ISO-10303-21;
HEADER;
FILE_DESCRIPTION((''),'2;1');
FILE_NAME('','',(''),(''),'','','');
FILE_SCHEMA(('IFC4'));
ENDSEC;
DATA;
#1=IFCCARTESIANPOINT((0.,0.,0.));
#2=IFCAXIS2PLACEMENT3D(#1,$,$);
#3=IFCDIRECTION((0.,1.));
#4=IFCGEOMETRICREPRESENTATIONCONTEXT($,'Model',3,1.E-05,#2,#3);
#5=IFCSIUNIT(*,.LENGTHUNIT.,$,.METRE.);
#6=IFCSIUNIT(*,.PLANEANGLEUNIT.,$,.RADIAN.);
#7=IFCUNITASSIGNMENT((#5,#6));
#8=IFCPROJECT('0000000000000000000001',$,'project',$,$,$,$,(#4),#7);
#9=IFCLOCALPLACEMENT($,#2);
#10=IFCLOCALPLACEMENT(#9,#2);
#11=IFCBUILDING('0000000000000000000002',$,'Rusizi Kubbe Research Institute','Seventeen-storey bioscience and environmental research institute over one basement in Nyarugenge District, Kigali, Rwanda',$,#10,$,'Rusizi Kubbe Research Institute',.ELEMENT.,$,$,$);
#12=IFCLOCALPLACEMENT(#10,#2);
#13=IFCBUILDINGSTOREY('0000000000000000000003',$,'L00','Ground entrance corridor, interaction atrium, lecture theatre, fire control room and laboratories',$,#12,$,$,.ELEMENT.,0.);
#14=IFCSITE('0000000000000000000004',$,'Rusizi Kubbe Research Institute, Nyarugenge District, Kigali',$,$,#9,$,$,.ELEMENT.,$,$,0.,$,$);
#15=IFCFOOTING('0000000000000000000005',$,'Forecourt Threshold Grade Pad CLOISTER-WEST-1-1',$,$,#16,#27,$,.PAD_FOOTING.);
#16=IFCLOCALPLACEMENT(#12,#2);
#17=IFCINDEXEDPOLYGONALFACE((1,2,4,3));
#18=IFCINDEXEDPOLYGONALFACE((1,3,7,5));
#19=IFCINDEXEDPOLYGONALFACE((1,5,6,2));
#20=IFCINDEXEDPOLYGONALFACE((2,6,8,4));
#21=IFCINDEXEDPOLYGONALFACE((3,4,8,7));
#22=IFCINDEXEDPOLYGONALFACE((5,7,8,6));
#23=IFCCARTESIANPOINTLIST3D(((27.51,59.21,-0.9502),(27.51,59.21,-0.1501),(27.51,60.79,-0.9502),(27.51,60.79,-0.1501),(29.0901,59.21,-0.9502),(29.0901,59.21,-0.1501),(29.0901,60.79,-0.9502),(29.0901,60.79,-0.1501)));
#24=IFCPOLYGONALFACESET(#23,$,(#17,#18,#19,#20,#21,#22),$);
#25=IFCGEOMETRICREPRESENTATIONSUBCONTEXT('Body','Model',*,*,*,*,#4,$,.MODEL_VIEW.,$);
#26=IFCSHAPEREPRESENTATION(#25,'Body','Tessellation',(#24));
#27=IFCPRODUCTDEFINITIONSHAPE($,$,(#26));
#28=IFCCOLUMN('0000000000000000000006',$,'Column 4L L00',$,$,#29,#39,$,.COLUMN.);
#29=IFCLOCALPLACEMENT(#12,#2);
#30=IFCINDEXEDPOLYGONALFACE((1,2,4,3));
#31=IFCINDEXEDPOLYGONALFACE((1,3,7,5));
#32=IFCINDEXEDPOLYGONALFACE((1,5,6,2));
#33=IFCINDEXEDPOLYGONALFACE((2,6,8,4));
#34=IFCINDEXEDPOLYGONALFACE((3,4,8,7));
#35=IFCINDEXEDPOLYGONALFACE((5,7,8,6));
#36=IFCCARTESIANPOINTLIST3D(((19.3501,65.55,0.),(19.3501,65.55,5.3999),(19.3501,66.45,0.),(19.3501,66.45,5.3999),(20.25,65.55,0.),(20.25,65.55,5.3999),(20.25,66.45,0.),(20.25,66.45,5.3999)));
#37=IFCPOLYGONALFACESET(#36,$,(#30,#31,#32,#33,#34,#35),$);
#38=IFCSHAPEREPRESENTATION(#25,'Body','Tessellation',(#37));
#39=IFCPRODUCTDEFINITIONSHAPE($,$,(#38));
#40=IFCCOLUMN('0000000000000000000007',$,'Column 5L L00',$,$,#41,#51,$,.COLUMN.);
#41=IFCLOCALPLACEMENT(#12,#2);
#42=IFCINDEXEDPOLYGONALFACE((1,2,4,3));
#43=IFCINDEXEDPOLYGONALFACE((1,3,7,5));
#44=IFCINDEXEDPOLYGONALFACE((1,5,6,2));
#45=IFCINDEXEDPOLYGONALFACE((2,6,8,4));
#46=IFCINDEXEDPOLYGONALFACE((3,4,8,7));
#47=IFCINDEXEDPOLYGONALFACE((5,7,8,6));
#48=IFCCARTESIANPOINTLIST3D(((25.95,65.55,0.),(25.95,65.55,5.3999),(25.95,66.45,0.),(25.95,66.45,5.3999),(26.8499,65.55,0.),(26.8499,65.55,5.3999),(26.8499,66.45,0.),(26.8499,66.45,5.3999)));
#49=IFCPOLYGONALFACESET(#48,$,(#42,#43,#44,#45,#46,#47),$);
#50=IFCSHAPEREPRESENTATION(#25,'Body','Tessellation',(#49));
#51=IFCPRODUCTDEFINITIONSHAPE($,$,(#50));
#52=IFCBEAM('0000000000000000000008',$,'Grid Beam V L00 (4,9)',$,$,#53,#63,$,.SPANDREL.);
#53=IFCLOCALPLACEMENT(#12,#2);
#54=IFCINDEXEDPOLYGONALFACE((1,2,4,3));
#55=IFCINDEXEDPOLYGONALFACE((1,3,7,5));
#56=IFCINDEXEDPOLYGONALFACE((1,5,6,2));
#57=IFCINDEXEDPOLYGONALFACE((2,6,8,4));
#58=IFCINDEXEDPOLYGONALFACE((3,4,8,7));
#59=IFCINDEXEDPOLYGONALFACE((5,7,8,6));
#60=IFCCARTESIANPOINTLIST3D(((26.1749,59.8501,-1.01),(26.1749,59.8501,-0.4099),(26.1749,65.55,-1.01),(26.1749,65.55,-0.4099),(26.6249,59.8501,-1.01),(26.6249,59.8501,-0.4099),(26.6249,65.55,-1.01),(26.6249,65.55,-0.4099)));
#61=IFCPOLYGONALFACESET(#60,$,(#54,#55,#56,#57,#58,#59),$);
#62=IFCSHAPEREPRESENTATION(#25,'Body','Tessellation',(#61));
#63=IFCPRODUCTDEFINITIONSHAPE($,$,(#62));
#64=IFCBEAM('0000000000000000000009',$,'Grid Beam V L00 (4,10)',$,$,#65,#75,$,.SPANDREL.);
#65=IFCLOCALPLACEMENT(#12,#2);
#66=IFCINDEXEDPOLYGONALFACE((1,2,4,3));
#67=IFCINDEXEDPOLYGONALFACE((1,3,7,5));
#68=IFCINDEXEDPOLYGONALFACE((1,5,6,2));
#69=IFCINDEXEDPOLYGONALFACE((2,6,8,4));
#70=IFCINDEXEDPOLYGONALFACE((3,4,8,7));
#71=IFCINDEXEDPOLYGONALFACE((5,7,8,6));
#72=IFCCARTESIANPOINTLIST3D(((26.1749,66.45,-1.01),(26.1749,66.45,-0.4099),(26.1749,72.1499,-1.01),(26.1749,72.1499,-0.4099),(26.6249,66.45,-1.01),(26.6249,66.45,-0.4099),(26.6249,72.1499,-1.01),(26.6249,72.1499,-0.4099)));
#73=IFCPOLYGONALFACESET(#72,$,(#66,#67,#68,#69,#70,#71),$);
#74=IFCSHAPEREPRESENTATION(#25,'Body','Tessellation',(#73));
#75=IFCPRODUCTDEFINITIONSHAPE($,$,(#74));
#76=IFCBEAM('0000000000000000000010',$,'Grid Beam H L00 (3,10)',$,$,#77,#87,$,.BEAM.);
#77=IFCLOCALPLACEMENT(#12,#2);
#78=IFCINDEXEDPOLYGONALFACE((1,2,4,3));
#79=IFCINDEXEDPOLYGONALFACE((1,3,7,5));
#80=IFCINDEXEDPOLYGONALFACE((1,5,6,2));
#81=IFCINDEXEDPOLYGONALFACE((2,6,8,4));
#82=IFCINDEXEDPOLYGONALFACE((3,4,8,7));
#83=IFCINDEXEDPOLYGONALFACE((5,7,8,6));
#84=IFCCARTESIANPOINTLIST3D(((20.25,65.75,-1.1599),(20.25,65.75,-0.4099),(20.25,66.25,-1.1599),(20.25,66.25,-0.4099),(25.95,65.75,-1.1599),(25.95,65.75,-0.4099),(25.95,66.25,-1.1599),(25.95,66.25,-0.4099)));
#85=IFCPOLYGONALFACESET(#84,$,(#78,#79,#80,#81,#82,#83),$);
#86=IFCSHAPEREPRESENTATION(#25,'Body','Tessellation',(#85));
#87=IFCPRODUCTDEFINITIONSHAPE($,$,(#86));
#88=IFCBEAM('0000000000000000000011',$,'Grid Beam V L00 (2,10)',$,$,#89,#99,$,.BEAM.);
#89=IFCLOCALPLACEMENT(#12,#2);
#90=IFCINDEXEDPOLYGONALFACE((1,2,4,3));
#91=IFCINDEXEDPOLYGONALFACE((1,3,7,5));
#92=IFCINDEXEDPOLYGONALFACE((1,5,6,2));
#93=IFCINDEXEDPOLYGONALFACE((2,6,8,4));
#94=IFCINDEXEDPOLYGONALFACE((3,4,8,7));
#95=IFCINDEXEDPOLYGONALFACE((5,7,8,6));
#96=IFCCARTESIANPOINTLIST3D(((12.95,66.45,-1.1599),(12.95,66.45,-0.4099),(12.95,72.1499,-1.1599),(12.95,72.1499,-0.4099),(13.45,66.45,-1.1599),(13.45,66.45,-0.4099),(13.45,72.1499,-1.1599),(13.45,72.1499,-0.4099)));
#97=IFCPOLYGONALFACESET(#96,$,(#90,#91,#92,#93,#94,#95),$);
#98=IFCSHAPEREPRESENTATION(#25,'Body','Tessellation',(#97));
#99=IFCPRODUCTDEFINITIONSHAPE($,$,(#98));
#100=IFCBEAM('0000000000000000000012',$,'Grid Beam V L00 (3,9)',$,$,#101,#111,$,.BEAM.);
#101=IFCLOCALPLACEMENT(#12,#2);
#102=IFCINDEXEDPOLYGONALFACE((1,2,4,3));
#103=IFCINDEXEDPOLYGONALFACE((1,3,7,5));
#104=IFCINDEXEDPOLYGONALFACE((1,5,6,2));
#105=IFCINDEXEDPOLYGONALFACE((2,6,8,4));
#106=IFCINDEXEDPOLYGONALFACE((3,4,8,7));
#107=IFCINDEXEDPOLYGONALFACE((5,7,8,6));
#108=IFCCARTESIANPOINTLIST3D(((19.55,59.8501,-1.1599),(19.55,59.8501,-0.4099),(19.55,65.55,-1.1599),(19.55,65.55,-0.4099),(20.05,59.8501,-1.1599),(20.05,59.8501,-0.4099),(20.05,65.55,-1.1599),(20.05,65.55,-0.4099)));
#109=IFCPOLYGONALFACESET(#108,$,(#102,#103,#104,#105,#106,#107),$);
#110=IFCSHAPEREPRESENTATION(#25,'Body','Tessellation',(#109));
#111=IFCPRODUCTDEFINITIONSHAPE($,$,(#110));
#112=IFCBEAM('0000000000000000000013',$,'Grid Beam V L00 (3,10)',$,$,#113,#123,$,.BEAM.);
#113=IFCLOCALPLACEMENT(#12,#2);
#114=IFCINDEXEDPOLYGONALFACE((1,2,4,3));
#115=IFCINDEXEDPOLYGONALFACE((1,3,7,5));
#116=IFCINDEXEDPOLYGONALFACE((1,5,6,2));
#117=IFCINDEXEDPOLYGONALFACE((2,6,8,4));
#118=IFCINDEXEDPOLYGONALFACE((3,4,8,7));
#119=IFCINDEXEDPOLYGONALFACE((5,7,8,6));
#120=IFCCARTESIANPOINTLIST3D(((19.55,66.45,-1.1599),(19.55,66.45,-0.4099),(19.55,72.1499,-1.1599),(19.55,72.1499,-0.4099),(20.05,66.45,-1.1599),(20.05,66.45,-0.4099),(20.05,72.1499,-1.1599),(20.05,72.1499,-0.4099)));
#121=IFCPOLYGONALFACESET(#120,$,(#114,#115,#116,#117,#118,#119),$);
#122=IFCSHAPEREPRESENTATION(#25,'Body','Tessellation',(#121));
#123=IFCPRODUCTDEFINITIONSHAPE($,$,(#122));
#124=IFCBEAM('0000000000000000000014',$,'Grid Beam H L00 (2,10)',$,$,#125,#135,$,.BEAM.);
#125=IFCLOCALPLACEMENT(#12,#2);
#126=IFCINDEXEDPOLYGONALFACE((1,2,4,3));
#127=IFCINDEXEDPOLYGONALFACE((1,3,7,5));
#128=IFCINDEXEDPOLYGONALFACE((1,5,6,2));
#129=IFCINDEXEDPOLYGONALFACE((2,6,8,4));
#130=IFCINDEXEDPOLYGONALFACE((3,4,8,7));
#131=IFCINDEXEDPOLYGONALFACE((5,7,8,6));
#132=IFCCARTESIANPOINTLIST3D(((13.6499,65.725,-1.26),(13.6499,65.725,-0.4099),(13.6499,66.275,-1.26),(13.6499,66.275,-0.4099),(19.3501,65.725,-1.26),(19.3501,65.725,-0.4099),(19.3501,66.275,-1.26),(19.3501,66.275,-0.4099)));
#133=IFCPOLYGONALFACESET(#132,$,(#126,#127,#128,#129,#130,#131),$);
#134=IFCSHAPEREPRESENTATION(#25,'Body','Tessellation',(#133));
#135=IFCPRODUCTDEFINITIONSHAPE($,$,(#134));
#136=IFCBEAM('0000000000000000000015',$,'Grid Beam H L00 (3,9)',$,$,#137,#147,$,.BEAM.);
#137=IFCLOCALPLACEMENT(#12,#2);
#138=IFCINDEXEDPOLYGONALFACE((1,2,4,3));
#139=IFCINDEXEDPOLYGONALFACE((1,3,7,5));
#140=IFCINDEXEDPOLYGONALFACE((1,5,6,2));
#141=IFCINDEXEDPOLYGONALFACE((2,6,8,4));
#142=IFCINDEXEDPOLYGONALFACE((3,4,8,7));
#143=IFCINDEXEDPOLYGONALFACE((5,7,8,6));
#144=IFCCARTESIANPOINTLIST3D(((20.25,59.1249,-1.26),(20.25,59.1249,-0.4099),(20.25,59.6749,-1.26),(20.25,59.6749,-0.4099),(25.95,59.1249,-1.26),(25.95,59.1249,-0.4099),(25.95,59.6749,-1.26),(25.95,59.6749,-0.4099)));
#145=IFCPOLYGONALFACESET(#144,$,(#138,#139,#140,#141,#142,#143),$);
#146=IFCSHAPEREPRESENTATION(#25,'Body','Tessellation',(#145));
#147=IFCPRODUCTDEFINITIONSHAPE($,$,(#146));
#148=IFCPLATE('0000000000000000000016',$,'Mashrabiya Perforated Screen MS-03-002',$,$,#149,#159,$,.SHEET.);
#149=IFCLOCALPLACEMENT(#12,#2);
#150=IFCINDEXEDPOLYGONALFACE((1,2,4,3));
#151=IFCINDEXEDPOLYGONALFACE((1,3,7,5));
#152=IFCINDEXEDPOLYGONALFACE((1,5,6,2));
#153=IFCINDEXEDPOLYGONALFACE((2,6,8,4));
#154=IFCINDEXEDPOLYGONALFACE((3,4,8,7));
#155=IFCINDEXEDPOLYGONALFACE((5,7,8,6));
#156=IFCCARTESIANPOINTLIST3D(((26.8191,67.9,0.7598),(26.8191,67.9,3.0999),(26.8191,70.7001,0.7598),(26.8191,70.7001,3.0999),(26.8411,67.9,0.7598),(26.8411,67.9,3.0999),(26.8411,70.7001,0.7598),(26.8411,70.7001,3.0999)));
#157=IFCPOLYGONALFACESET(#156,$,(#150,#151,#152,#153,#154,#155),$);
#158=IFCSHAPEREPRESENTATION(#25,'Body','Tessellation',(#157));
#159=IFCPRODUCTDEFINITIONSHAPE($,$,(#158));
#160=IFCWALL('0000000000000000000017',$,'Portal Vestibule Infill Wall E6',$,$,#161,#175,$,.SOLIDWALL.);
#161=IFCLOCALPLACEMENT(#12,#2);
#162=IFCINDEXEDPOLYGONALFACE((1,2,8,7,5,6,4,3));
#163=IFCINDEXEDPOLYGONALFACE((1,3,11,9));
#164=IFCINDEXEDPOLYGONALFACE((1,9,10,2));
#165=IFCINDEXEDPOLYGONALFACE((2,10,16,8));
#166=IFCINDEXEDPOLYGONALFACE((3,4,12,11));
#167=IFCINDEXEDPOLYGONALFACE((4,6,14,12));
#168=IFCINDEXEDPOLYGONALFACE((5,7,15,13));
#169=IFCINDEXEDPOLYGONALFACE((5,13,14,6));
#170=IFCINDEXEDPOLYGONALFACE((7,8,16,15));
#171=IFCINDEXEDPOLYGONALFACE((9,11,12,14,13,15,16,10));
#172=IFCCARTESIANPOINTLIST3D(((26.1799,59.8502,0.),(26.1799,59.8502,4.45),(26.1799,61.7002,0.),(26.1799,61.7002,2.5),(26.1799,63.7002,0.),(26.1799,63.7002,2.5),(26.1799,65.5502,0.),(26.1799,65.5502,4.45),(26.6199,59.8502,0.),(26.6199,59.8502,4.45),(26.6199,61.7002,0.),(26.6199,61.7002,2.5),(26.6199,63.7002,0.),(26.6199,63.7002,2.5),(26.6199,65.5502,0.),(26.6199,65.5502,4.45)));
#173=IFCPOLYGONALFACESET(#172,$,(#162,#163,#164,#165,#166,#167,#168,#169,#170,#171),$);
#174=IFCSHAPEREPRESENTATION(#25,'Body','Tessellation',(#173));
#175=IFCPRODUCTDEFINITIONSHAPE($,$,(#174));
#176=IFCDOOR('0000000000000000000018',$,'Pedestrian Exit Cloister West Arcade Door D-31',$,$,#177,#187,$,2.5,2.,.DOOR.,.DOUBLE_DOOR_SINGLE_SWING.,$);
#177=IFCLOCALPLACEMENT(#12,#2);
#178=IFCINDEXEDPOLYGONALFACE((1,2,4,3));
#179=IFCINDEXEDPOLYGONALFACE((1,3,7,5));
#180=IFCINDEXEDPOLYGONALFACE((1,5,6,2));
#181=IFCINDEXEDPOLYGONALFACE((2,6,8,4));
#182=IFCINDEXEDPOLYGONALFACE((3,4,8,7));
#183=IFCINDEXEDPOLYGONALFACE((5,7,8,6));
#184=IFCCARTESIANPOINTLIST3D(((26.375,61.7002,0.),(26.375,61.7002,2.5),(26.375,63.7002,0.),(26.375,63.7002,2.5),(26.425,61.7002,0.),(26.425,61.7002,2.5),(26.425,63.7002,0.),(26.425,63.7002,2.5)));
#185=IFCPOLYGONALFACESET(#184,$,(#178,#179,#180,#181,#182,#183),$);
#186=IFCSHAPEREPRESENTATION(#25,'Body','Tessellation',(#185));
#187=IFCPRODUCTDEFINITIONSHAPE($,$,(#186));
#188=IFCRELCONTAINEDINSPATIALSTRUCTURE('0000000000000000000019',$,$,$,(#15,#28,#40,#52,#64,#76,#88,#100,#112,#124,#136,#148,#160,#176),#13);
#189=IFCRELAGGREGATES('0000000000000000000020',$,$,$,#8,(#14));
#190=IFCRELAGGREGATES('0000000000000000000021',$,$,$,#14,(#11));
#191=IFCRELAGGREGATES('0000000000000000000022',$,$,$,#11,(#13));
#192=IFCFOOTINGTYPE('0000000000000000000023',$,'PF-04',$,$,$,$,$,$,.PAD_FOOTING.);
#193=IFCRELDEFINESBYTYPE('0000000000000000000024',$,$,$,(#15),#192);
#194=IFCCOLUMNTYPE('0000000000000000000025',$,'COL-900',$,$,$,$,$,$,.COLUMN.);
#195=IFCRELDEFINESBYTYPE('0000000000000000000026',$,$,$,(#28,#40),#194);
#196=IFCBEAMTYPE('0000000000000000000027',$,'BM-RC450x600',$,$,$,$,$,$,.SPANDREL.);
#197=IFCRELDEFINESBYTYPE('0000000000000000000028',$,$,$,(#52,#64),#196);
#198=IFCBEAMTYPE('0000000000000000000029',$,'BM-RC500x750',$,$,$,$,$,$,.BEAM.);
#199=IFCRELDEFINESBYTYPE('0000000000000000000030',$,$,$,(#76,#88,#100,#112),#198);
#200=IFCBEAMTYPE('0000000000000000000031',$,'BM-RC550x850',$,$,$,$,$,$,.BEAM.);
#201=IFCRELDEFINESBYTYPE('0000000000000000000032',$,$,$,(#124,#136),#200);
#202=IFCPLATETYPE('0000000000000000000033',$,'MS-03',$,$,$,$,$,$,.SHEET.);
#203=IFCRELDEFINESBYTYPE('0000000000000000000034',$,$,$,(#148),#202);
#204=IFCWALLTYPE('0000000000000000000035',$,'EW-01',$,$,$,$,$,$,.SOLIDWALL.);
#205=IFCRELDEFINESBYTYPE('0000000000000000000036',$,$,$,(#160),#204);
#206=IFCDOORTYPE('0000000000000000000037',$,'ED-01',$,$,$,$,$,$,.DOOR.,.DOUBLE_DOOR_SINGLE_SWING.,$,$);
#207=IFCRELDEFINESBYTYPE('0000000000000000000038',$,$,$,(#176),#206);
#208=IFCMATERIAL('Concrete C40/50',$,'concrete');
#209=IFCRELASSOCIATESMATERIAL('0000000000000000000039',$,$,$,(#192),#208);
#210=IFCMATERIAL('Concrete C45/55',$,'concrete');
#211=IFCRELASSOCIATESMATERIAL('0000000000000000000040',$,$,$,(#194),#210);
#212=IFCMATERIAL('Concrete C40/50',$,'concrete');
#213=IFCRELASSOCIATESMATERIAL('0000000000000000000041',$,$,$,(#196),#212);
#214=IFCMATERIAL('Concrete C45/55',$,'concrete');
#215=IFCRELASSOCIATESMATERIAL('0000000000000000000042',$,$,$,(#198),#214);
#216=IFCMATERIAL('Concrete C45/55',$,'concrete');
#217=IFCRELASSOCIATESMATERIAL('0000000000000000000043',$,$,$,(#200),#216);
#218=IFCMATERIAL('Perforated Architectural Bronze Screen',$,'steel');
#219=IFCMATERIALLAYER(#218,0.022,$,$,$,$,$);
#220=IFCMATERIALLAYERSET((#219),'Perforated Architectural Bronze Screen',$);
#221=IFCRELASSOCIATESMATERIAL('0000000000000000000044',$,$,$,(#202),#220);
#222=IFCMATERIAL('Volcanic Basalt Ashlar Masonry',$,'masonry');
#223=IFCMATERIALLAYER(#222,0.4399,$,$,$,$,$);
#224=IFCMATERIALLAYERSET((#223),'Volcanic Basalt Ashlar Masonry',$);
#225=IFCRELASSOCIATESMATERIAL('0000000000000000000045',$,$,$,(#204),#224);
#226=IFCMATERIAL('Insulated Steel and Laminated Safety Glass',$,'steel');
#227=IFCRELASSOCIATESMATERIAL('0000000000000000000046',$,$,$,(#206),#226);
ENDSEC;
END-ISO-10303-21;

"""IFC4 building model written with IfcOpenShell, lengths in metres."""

from ifc_helpers import new_model, si_unit, direction, frame, frame_2d, origin, origin_2d, place, context, subcontext, project, spatial, rectangle, extrude, material, layer, layer_set, material_profile, profile_set, type_object, element, fill, save


model = new_model("IFC4")

# Units and contexts
model_context = context("Model", 3, precision=1e-05, world=origin(), true_north=direction((0.0, 1.0)))
body_context = subcontext(model_context, "Body", "Model", "MODEL_VIEW")
ifc_project = project(units=[si_unit("LENGTHUNIT", "METRE"), si_unit("PLANEANGLEUNIT", "RADIAN")], contexts=[model_context])

# Site, building, storey
site_placement = place(None, origin())
site = spatial("IfcSite", under=ifc_project, at=site_placement, Name="Rusizi Kubbe Research Institute, Nyarugenge District, Kigali", CompositionType="ELEMENT", RefElevation=0.0)
building_placement = place(site_placement, origin())
building = spatial("IfcBuilding", under=site, at=building_placement, Name="Rusizi Kubbe Research Institute", Description="Seventeen-storey bioscience and environmental research institute over one basement in Nyarugenge District, Kigali, Rwanda", LongName="Rusizi Kubbe Research Institute", CompositionType="ELEMENT")
storey_placement = place(building_placement, origin())
storey = spatial("IfcBuildingStorey", under=building, at=storey_placement, Name="L00", Description="Ground entrance corridor, interaction atrium, lecture theatre, fire control room and laboratories", CompositionType="ELEMENT", Elevation=0.0)

# Footing
ifc_material_1 = material(Name="Concrete C40/50", Category="concrete")
footing_type = type_object("IfcFootingType", Name="PF-04", PredefinedType="PAD_FOOTING", material=ifc_material_1)
footing_placement = place(storey_placement, frame((28.3, 60.0, -0.9502), z_axis=(0.0, 0.0, 1.0), x_axis=(1.0, 0.0, 0.0)))
element("IfcFooting", 1, at=footing_placement, inside=storey, type_object=footing_type, Name="Forecourt Threshold Grade Pad CLOISTER-WEST-1-1", PredefinedType="PAD_FOOTING", context=body_context, shape_type="SweptSolid", body=[
    extrude(rectangle(XDim=1.5801, YDim=1.5801, at=origin_2d()), origin(), (0.0, 0.0, 1.0), 0.8),
])

# Columns
ifc_material_2 = material(Name="Concrete C45/55", Category="concrete")
ifc_material_profile_1 = material_profile(ifc_material_2, rectangle(XDim=0.8999, YDim=0.8999, at=origin_2d()), Name="RC900x900")
ifc_profile_set_1 = profile_set([ifc_material_profile_1], Name="Concrete C45/55")
column_type = type_object("IfcColumnType", Name="COL-900", PredefinedType="COLUMN", material=ifc_profile_set_1)
for number, where, z_axis, x_axis, name in (
    (2, (19.8, 66.0, 0.0), (0.0, 0.0, 1.0), (1.0, 0.0, 0.0), "Column 4L L00"),
    (3, (26.3999, 66.0, 0.0), (0.0, 0.0, 1.0), (1.0, 0.0, 0.0), "Column 5L L00"),
):
    element("IfcColumn", number, at=place(storey_placement, frame(where, z_axis=z_axis, x_axis=x_axis)), inside=storey, type_object=column_type, Name=name, PredefinedType="COLUMN", context=body_context, shape_type="SweptSolid", body=[
        extrude(rectangle(XDim=0.8999, YDim=0.8999, at=origin_2d()), origin(), (0.0, 0.0, 1.0), 5.3999),
    ])

# Beams
ifc_material_3 = material(Name="Concrete C40/50", Category="concrete")
ifc_material_profile_2 = material_profile(ifc_material_3, rectangle(XDim=0.45, YDim=0.6001, at=origin_2d()), Name="RC450x600")
ifc_profile_set_2 = profile_set([ifc_material_profile_2], Name="Concrete C40/50")
beam_type_1 = type_object("IfcBeamType", Name="BM-RC450x600", PredefinedType="SPANDREL", material=ifc_profile_set_2)
for number, where, z_axis, x_axis, name in (
    (4, (26.3999, 59.8501, -0.71), (0.0, 1.0, 0.0), (-1.0, 0.0, 0.0), "Grid Beam V L00 (4,9)"),
    (5, (26.3999, 66.45, -0.71), (0.0, 1.0, 0.0), (-1.0, 0.0, 0.0), "Grid Beam V L00 (4,10)"),
):
    element("IfcBeam", number, at=place(storey_placement, frame(where, z_axis=z_axis, x_axis=x_axis)), inside=storey, type_object=beam_type_1, Name=name, PredefinedType="SPANDREL", context=body_context, shape_type="SweptSolid", body=[
        extrude(rectangle(XDim=0.45, YDim=0.6001, at=origin_2d()), origin(), (0.0, 0.0, 1.0), 5.7),
    ])
ifc_material_4 = material(Name="Concrete C45/55", Category="concrete")
ifc_material_profile_3 = material_profile(ifc_material_4, rectangle(XDim=0.5, YDim=0.75, at=origin_2d()), Name="RC500x750B")
ifc_profile_set_3 = profile_set([ifc_material_profile_3], Name="Concrete C45/55")
beam_type_2 = type_object("IfcBeamType", Name="BM-RC500x750", PredefinedType="BEAM", material=ifc_profile_set_3)
for number, where, z_axis, x_axis, name in (
    (6, (20.25, 66.0, -0.7849), (1.0, 0.0, 0.0), (0.0, 1.0, 0.0), "Grid Beam H L00 (3,10)"),
    (7, (13.2, 66.45, -0.7849), (0.0, 1.0, 0.0), (-1.0, 0.0, 0.0), "Grid Beam V L00 (2,10)"),
    (8, (19.8, 59.8501, -0.7849), (0.0, 1.0, 0.0), (-1.0, 0.0, 0.0), "Grid Beam V L00 (3,9)"),
    (9, (19.8, 66.45, -0.7849), (0.0, 1.0, 0.0), (-1.0, 0.0, 0.0), "Grid Beam V L00 (3,10)"),
):
    element("IfcBeam", number, at=place(storey_placement, frame(where, z_axis=z_axis, x_axis=x_axis)), inside=storey, type_object=beam_type_2, Name=name, PredefinedType="BEAM", context=body_context, shape_type="SweptSolid", body=[
        extrude(rectangle(XDim=0.5, YDim=0.75, at=origin_2d()), origin(), (0.0, 0.0, 1.0), 5.7),
    ])
ifc_material_5 = material(Name="Concrete C45/55", Category="concrete")
ifc_material_profile_4 = material_profile(ifc_material_5, rectangle(XDim=0.55, YDim=0.8501, at=origin_2d()), Name="RC550x850")
ifc_profile_set_4 = profile_set([ifc_material_profile_4], Name="Concrete C45/55")
beam_type_3 = type_object("IfcBeamType", Name="BM-RC550x850", PredefinedType="BEAM", material=ifc_profile_set_4)
beam_1_placement = place(storey_placement, frame((13.6499, 66.0, -0.835), z_axis=(1.0, 0.0, 0.0), x_axis=(0.0, 1.0, 0.0)))
element("IfcBeam", 10, at=beam_1_placement, inside=storey, type_object=beam_type_3, Name="Grid Beam H L00 (2,10)", PredefinedType="BEAM", context=body_context, shape_type="SweptSolid", body=[
    extrude(rectangle(XDim=0.55, YDim=0.8501, at=origin_2d()), origin(), (0.0, 0.0, 1.0), 5.7002),
])
beam_2_placement = place(storey_placement, frame((20.25, 59.3999, -0.835), z_axis=(1.0, 0.0, 0.0), x_axis=(0.0, 1.0, 0.0)))
element("IfcBeam", 11, at=beam_2_placement, inside=storey, type_object=beam_type_3, Name="Grid Beam H L00 (3,9)", PredefinedType="BEAM", context=body_context, shape_type="SweptSolid", body=[
    extrude(rectangle(XDim=0.55, YDim=0.8501, at=origin_2d()), origin(), (0.0, 0.0, 1.0), 5.7),
])

# Plate
ifc_material_6 = material(Name="Perforated Architectural Bronze Screen", Category="steel")
ifc_layer_1 = layer(ifc_material_6, 0.022)
ifc_layer_set_1 = layer_set([ifc_layer_1], Name="Perforated Architectural Bronze Screen")
plate_type = type_object("IfcPlateType", Name="MS-03", PredefinedType="SHEET", material=ifc_layer_set_1)
plate_placement = place(storey_placement, frame((26.8301, 69.3, 0.7598), z_axis=(0.0, 0.0, 1.0), x_axis=(0.0, 1.0, 0.0)))
element("IfcPlate", 12, at=plate_placement, inside=storey, type_object=plate_type, Name="Mashrabiya Perforated Screen MS-03-002", PredefinedType="SHEET", context=body_context, shape_type="SweptSolid", body=[
    extrude(rectangle(XDim=2.8, YDim=0.022, at=origin_2d()), origin(), (0.0, 0.0, 1.0), 2.3401),
])

# Wall, opening, door
ifc_material_7 = material(Name="Volcanic Basalt Ashlar Masonry", Category="masonry")
ifc_layer_2 = layer(ifc_material_7, 0.4399)
ifc_layer_set_2 = layer_set([ifc_layer_2], Name="Volcanic Basalt Ashlar Masonry")
wall_type_1 = type_object("IfcWallType", Name="EW-01", PredefinedType="SOLIDWALL", material=ifc_layer_set_2)
wall_1_placement = place(storey_placement, frame((26.3999, 59.8501, 0.0), z_axis=(0.0, 0.0, 1.0), x_axis=(0.0, 1.0, 0.0)))
wall_1 = element("IfcWall", 13, at=wall_1_placement, inside=storey, type_object=wall_type_1, Name="Portal Vestibule Infill Wall E6", PredefinedType="SOLIDWALL", context=body_context, shape_type="SweptSolid", body=[
    extrude(rectangle(XDim=5.7, YDim=0.4399, at=frame_2d((2.8501, 0.0))), origin(), (0.0, 0.0, 1.0), 4.45),
])
opening_1_placement = place(wall_1_placement, frame((1.8501, 0.0, 0.0)))
opening_1 = element("IfcOpeningElement", 14, at=opening_1_placement, cuts=wall_1, PredefinedType="OPENING", context=body_context, shape_type="SweptSolid", body=[
    extrude(rectangle(XDim=2.0, YDim=2.5, at=frame_2d((1.0, 1.25))), frame((0.0, 0.23, 0.0), z_axis=(0.0, -1.0, 0.0), x_axis=(1.0, 0.0, 0.0)), (0.0, 0.0, 1.0), 0.46),
])
ifc_material_8 = material(Name="Insulated Steel and Laminated Safety Glass", Category="steel")
door_type_1 = type_object("IfcDoorType", Name="ED-01", OperationType="DOUBLE_DOOR_SINGLE_SWING", PredefinedType="DOOR", material=ifc_material_8)
door_1_placement = place(opening_1_placement, origin())
door_1 = element("IfcDoor", 15, at=door_1_placement, inside=storey, type_object=door_type_1, Name="Pedestrian Exit Cloister West Arcade Door D-31", OperationType="DOUBLE_DOOR_SINGLE_SWING", OverallHeight=2.5, OverallWidth=2.0, PredefinedType="DOOR", context=body_context, shape_type="SweptSolid", body=[
    extrude(rectangle(XDim=2.0, YDim=2.5, at=frame_2d((1.0, 1.25))), frame((0.0, 0.0249, 0.0), z_axis=(0.0, -1.0, 0.0), x_axis=(1.0, 0.0, 0.0)), (0.0, 0.0, 1.0), 0.05),
])
fill(opening_1, door_1)

save(model, "model.ifc")
